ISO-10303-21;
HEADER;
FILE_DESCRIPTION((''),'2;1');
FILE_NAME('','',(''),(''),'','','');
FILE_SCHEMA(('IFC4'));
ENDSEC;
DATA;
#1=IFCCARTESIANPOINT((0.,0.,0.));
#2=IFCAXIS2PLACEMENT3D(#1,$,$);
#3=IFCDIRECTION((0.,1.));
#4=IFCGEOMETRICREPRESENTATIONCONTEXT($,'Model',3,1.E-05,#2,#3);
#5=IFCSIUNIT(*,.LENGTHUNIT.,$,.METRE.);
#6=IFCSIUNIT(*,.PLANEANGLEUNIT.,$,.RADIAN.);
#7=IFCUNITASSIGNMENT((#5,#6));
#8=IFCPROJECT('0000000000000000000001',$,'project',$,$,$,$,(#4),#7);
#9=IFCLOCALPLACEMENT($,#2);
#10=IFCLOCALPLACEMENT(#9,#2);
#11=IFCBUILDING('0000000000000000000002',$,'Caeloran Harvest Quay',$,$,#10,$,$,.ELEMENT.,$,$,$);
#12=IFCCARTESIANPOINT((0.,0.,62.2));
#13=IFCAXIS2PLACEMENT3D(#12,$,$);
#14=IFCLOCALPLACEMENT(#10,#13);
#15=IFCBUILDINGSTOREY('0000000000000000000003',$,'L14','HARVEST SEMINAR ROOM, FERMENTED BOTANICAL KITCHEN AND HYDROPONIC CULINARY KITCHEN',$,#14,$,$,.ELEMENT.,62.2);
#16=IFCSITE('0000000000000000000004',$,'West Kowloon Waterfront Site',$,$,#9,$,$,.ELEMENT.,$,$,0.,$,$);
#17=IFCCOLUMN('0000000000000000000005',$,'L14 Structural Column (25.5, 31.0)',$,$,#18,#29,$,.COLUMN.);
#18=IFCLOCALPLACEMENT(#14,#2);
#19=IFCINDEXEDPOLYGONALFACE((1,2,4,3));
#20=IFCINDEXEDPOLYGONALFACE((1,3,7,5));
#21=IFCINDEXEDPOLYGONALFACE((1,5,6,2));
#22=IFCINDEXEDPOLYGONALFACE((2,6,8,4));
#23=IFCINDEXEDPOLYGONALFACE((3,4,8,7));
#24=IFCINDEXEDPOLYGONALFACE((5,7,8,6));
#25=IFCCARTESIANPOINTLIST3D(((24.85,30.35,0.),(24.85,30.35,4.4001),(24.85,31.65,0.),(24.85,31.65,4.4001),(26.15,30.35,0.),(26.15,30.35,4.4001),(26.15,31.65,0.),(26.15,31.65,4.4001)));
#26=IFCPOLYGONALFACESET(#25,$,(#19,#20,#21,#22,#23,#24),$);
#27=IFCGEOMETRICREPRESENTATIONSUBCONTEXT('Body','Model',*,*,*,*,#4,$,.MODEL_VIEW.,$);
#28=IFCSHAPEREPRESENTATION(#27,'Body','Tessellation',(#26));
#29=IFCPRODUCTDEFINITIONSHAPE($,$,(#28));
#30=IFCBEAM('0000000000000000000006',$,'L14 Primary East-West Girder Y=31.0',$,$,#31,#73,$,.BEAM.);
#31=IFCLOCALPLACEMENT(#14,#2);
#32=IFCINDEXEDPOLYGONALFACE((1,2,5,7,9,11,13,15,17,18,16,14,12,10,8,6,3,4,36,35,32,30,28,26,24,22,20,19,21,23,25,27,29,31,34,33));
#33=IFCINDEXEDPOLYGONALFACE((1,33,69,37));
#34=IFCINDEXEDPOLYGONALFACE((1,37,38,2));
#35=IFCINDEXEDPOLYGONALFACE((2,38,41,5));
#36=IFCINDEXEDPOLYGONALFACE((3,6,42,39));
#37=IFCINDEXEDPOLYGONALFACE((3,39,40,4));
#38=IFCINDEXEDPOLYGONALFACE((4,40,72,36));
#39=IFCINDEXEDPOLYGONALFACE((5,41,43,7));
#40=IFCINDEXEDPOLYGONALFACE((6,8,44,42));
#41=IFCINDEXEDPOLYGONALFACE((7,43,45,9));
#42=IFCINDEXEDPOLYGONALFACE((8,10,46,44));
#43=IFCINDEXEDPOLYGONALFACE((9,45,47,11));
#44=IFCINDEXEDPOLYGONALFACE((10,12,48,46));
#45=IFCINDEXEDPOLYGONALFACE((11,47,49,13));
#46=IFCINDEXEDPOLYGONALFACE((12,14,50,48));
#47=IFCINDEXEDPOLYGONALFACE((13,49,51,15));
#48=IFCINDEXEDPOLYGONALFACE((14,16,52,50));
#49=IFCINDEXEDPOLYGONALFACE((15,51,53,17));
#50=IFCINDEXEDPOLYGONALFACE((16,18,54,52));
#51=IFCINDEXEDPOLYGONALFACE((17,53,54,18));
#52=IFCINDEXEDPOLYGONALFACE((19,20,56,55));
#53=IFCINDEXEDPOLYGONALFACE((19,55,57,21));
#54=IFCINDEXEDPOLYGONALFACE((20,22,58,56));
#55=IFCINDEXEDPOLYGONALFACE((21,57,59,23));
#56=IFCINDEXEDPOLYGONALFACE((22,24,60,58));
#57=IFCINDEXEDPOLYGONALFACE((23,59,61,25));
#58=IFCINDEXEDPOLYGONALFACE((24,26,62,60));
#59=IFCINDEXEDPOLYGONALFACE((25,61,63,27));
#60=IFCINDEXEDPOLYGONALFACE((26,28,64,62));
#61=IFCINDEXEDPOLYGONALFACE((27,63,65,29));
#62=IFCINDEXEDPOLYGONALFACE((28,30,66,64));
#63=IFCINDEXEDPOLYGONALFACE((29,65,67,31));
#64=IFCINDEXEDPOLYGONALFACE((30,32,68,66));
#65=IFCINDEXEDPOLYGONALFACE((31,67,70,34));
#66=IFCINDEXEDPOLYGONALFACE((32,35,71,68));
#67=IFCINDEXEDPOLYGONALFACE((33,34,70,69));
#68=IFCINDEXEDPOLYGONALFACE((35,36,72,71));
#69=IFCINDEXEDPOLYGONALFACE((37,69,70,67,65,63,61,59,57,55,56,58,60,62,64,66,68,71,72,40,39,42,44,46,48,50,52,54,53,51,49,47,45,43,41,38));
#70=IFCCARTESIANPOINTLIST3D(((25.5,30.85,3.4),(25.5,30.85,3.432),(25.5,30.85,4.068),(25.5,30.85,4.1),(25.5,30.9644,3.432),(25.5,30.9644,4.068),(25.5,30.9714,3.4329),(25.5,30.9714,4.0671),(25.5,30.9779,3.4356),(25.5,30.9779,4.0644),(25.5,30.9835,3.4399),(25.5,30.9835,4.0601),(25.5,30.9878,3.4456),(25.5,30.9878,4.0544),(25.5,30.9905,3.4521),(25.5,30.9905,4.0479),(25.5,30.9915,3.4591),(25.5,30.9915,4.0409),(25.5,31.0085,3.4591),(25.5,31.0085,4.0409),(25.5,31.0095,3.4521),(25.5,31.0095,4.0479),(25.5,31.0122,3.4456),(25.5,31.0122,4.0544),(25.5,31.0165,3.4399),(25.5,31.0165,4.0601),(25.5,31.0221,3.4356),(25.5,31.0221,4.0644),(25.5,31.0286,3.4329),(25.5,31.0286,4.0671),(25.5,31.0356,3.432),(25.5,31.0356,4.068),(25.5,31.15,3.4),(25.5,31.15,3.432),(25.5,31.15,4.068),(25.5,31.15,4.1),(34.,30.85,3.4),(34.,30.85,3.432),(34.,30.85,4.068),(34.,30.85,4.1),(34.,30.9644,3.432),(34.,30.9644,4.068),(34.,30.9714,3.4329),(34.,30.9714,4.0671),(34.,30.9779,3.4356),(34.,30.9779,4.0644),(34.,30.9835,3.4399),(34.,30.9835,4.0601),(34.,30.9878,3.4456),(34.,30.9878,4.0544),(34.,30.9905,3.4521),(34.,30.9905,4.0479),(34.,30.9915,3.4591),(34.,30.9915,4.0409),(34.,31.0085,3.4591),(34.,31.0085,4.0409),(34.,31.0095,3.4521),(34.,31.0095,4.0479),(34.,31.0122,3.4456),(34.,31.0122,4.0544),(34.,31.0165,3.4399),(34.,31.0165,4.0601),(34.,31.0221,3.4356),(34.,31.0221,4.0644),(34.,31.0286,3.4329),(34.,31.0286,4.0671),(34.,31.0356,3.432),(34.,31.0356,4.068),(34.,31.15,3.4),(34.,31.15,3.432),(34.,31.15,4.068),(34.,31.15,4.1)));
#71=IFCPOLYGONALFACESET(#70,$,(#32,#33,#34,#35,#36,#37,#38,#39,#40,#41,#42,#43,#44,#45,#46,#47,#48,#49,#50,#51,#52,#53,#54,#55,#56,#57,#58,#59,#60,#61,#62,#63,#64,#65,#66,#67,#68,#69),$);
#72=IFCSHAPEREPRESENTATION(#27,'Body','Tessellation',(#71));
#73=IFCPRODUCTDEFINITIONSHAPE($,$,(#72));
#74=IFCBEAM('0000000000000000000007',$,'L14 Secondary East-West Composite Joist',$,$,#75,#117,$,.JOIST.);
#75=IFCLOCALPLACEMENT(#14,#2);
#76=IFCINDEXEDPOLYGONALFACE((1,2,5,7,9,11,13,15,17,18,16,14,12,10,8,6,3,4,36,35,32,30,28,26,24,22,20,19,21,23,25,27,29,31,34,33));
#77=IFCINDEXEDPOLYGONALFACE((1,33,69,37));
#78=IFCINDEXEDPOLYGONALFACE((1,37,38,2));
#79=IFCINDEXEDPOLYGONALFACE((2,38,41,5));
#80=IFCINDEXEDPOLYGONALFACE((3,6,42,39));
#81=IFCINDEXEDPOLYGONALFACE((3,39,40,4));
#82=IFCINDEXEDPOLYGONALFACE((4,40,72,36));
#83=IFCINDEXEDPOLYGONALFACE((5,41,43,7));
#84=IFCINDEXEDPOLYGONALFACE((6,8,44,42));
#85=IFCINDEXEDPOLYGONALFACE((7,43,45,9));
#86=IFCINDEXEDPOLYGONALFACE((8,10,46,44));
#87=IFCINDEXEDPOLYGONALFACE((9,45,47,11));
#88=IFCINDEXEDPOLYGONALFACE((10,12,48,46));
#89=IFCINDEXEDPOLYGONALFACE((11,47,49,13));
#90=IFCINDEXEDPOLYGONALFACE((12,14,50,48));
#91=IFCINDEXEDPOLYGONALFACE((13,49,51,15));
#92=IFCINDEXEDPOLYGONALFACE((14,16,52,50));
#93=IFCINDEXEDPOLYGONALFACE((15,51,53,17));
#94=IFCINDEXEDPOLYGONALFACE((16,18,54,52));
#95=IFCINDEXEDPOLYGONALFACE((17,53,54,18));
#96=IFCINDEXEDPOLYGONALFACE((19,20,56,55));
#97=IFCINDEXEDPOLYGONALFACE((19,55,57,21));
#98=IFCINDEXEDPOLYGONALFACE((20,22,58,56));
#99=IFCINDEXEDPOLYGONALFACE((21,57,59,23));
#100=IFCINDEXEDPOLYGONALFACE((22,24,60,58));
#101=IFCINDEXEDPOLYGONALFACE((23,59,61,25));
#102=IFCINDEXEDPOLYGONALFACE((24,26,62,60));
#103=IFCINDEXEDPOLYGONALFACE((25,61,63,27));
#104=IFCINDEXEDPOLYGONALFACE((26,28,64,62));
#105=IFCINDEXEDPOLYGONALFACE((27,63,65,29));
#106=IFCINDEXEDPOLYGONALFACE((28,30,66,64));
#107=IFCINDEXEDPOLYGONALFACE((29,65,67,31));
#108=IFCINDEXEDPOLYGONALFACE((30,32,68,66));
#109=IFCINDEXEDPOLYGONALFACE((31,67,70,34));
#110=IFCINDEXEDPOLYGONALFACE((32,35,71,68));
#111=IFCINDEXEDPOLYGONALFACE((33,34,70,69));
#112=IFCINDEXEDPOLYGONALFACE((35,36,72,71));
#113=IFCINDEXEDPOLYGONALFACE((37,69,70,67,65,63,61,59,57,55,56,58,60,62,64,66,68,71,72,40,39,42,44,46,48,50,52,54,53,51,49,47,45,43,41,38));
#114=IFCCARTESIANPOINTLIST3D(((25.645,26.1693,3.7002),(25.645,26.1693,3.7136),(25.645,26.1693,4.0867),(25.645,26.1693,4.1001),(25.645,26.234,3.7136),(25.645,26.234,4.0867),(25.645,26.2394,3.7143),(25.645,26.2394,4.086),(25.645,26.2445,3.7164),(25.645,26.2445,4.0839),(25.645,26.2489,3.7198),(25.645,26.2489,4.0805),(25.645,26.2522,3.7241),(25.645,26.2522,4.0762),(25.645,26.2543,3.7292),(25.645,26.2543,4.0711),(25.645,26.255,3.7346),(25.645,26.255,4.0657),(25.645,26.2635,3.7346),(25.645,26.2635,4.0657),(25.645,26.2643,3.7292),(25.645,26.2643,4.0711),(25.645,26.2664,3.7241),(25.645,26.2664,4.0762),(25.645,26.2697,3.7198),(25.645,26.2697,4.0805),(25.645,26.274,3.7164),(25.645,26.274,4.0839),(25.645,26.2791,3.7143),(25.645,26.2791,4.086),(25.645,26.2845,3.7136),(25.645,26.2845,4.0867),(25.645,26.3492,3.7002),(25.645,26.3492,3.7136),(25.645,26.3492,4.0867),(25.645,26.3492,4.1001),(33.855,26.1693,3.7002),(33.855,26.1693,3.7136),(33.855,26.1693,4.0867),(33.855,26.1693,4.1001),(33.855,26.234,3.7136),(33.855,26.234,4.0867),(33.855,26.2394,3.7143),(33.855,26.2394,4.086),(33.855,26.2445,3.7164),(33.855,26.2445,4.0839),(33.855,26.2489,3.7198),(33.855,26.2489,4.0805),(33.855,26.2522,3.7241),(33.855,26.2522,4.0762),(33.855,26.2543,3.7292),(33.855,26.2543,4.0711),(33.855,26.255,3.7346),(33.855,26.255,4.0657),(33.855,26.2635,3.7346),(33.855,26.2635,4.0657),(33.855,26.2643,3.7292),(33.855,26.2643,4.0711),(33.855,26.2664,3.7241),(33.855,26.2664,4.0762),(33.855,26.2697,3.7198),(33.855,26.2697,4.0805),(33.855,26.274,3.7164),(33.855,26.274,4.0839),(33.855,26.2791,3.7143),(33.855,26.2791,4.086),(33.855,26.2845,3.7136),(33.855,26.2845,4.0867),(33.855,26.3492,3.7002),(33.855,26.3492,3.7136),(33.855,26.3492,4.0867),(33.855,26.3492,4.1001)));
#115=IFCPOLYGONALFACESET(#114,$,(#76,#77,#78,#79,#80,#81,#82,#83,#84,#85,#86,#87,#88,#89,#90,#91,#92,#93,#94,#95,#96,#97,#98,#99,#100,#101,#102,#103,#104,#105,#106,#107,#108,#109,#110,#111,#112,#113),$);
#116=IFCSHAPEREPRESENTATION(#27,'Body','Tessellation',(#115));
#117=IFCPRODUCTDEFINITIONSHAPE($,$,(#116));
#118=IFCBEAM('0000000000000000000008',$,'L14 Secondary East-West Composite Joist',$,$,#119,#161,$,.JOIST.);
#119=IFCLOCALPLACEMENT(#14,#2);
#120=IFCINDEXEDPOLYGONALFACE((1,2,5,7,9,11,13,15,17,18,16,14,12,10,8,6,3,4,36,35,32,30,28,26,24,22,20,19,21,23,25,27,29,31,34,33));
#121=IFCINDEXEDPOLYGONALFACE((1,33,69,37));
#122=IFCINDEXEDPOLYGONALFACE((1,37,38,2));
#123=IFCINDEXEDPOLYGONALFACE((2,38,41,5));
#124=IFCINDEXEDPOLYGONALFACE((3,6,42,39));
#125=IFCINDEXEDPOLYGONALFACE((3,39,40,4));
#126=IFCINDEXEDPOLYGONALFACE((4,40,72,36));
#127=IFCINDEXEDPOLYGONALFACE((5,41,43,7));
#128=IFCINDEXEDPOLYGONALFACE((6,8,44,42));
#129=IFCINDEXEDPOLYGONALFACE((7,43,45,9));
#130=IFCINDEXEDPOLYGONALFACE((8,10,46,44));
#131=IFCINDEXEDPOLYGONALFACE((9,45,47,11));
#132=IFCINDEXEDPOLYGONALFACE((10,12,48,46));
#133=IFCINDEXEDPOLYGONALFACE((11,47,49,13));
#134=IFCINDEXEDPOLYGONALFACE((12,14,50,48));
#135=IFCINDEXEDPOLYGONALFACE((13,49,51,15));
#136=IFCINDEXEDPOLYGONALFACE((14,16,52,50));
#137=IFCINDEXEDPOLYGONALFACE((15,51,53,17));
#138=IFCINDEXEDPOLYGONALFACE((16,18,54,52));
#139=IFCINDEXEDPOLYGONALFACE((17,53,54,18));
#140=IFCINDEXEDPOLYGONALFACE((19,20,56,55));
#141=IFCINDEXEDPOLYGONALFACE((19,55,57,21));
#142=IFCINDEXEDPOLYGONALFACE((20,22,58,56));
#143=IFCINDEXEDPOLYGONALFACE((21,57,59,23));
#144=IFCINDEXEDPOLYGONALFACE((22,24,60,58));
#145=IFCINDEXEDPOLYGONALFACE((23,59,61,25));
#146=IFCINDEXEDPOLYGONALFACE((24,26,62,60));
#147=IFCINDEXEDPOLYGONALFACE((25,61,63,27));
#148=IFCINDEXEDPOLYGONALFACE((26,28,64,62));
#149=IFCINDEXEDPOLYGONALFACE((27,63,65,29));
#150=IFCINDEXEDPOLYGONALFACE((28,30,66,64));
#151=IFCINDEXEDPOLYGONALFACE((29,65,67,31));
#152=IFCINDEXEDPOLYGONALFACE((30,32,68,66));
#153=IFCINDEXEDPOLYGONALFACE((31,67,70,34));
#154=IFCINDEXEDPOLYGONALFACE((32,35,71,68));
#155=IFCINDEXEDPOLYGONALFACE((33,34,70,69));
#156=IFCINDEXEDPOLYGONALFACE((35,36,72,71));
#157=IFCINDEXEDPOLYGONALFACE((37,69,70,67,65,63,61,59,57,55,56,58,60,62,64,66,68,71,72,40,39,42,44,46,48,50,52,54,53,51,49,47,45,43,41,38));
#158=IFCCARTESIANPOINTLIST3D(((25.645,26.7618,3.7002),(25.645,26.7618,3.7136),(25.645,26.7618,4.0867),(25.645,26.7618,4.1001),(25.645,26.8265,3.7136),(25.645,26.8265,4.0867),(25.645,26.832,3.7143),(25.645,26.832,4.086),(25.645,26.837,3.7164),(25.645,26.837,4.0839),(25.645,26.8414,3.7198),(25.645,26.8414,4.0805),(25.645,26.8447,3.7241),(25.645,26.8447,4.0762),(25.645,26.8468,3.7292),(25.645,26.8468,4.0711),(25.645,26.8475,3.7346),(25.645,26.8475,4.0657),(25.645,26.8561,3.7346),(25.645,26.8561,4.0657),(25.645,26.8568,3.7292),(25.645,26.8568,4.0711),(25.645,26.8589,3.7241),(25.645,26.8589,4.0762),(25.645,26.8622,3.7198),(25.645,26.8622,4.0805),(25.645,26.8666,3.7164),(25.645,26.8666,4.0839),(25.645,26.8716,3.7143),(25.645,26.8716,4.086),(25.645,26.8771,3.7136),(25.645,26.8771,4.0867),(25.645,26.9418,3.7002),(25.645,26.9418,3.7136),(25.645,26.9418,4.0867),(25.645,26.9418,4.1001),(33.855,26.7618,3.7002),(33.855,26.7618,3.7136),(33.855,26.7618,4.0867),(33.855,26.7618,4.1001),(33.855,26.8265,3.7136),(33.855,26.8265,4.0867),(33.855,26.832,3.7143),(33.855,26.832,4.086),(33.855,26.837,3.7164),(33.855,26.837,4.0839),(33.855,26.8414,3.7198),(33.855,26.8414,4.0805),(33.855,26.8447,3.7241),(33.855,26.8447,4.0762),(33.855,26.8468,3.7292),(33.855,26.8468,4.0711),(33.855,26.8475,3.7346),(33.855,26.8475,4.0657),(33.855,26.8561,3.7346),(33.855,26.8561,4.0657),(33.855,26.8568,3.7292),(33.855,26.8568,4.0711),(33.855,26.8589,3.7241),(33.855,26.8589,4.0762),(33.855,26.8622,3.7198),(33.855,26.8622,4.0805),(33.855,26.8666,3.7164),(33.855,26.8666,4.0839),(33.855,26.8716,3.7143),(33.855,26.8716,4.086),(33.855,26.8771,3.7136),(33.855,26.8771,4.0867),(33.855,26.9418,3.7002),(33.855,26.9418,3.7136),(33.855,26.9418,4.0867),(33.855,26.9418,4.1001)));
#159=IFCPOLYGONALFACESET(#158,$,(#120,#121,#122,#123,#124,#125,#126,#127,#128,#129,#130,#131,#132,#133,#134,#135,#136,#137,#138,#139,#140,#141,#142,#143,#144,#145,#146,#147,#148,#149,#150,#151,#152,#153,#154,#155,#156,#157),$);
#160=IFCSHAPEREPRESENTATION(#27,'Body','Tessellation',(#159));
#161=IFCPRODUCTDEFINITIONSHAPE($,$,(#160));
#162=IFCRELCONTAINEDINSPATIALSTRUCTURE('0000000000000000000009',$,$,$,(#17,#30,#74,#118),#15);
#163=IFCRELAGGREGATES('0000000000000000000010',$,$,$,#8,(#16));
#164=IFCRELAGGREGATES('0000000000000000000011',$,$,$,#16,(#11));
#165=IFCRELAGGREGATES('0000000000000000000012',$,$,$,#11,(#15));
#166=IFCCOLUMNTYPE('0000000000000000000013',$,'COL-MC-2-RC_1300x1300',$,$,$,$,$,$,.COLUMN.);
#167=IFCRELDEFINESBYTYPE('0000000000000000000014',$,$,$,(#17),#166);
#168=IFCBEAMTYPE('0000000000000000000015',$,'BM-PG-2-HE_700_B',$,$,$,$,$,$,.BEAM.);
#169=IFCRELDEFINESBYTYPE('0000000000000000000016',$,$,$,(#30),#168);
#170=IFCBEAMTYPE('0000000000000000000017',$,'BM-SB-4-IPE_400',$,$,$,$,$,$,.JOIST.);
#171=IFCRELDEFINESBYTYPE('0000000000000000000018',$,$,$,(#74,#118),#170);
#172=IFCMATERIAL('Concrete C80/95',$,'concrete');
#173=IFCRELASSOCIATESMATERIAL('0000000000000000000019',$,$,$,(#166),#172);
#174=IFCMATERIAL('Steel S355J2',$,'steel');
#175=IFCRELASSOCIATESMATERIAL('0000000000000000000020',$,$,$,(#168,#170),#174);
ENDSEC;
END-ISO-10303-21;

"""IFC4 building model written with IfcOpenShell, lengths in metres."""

from ifc_helpers import new_model, si_unit, direction, frame, origin, origin_2d, place, context, subcontext, project, spatial, rectangle, i_section, extrude, material, material_profile, profile_set, type_object, element, save


model = new_model("IFC4")

# Units and contexts
model_context = context("Model", 3, precision=1e-05, world=origin(), true_north=direction((0.0, 1.0)))
body_context = subcontext(model_context, "Body", "Model", "MODEL_VIEW")
ifc_project = project(units=[si_unit("LENGTHUNIT", "METRE"), si_unit("PLANEANGLEUNIT", "RADIAN")], contexts=[model_context])

# Site, building, storey
site_placement = place(None, origin())
site = spatial("IfcSite", under=ifc_project, at=site_placement, Name="West Kowloon Waterfront Site", CompositionType="ELEMENT", RefElevation=0.0)
building_placement = place(site_placement, origin())
building = spatial("IfcBuilding", under=site, at=building_placement, Name="Caeloran Harvest Quay", CompositionType="ELEMENT")
storey_placement = place(building_placement, frame((0.0, 0.0, 62.2)))
storey = spatial("IfcBuildingStorey", under=building, at=storey_placement, Name="L14", Description="HARVEST SEMINAR ROOM, FERMENTED BOTANICAL KITCHEN AND HYDROPONIC CULINARY KITCHEN", CompositionType="ELEMENT", Elevation=62.2)

# Column
ifc_material_1 = material(Name="Concrete C80/95", Category="concrete")
ifc_material_profile_1 = material_profile(ifc_material_1, rectangle(XDim=1.3, YDim=1.3, at=origin_2d()), Name="RC 1300x1300")
ifc_profile_set_1 = profile_set([ifc_material_profile_1], Name="Concrete C80/95")
column_type = type_object("IfcColumnType", Name="COL-MC-2-RC_1300x1300", PredefinedType="COLUMN", material=ifc_profile_set_1)
column_placement = place(storey_placement, frame((25.5, 31.0, 0.0), z_axis=(0.0, 0.0, 1.0), x_axis=(1.0, 0.0, 0.0)))
element("IfcColumn", 1, at=column_placement, inside=storey, type_object=column_type, Name="L14 Structural Column (25.5, 31.0)", PredefinedType="COLUMN", context=body_context, shape_type="SweptSolid", body=[
    extrude(rectangle(XDim=1.3, YDim=1.3, at=origin_2d()), origin(), (0.0, 0.0, 1.0), 4.4001),
])

# Beams
ifc_material_2 = material(Name="Steel S355J2", Category="steel")
ifc_material_profile_2 = material_profile(ifc_material_2, i_section(OverallWidth=0.3, OverallDepth=0.7, WebThickness=0.0171, FlangeThickness=0.032, FilletRadius=0.0271, at=origin_2d()), Name="HE 700 B")
ifc_profile_set_2 = profile_set([ifc_material_profile_2], Name="Steel S355J2")
beam_type_1 = type_object("IfcBeamType", Name="BM-PG-2-HE_700_B", PredefinedType="BEAM", material=ifc_profile_set_2)
beam_placement = place(storey_placement, frame((25.5, 31.0, 3.75), z_axis=(1.0, 0.0, 0.0), x_axis=(0.0, 1.0, 0.0)))
element("IfcBeam", 2, at=beam_placement, inside=storey, type_object=beam_type_1, Name="L14 Primary East-West Girder Y=31.0", PredefinedType="BEAM", context=body_context, shape_type="SweptSolid", body=[
    extrude(i_section(OverallWidth=0.3, OverallDepth=0.7, WebThickness=0.0171, FlangeThickness=0.032, FilletRadius=0.0271, at=origin_2d()), origin(), (0.0, 0.0, 1.0), 8.5),
])
ifc_material_profile_3 = material_profile(ifc_material_2, i_section(OverallWidth=0.1799, OverallDepth=0.3999, WebThickness=0.0085, FlangeThickness=0.0134, FilletRadius=0.021, at=origin_2d()), Name="IPE 400")
ifc_profile_set_3 = profile_set([ifc_material_profile_3], Name="Steel S355J2")
beam_type_2 = type_object("IfcBeamType", Name="BM-SB-4-IPE_400", PredefinedType="JOIST", material=ifc_profile_set_3)
for number, where, z_axis, x_axis, name in (
    (3, (25.645, 26.2593, 3.9001), (1.0, 0.0, 0.0), (0.0, 1.0, 0.0), "L14 Secondary East-West Composite Joist"),
    (4, (25.645, 26.8518, 3.9001), (1.0, 0.0, 0.0), (0.0, 1.0, 0.0), "L14 Secondary East-West Composite Joist"),
):
    element("IfcBeam", number, at=place(storey_placement, frame(where, z_axis=z_axis, x_axis=x_axis)), inside=storey, type_object=beam_type_2, Name=name, PredefinedType="JOIST", context=body_context, shape_type="SweptSolid", body=[
        extrude(i_section(OverallWidth=0.1799, OverallDepth=0.3999, WebThickness=0.0085, FlangeThickness=0.0134, FilletRadius=0.021, at=origin_2d()), origin(), (0.0, 0.0, 1.0), 8.21),
    ])

save(model, "model.ifc")
